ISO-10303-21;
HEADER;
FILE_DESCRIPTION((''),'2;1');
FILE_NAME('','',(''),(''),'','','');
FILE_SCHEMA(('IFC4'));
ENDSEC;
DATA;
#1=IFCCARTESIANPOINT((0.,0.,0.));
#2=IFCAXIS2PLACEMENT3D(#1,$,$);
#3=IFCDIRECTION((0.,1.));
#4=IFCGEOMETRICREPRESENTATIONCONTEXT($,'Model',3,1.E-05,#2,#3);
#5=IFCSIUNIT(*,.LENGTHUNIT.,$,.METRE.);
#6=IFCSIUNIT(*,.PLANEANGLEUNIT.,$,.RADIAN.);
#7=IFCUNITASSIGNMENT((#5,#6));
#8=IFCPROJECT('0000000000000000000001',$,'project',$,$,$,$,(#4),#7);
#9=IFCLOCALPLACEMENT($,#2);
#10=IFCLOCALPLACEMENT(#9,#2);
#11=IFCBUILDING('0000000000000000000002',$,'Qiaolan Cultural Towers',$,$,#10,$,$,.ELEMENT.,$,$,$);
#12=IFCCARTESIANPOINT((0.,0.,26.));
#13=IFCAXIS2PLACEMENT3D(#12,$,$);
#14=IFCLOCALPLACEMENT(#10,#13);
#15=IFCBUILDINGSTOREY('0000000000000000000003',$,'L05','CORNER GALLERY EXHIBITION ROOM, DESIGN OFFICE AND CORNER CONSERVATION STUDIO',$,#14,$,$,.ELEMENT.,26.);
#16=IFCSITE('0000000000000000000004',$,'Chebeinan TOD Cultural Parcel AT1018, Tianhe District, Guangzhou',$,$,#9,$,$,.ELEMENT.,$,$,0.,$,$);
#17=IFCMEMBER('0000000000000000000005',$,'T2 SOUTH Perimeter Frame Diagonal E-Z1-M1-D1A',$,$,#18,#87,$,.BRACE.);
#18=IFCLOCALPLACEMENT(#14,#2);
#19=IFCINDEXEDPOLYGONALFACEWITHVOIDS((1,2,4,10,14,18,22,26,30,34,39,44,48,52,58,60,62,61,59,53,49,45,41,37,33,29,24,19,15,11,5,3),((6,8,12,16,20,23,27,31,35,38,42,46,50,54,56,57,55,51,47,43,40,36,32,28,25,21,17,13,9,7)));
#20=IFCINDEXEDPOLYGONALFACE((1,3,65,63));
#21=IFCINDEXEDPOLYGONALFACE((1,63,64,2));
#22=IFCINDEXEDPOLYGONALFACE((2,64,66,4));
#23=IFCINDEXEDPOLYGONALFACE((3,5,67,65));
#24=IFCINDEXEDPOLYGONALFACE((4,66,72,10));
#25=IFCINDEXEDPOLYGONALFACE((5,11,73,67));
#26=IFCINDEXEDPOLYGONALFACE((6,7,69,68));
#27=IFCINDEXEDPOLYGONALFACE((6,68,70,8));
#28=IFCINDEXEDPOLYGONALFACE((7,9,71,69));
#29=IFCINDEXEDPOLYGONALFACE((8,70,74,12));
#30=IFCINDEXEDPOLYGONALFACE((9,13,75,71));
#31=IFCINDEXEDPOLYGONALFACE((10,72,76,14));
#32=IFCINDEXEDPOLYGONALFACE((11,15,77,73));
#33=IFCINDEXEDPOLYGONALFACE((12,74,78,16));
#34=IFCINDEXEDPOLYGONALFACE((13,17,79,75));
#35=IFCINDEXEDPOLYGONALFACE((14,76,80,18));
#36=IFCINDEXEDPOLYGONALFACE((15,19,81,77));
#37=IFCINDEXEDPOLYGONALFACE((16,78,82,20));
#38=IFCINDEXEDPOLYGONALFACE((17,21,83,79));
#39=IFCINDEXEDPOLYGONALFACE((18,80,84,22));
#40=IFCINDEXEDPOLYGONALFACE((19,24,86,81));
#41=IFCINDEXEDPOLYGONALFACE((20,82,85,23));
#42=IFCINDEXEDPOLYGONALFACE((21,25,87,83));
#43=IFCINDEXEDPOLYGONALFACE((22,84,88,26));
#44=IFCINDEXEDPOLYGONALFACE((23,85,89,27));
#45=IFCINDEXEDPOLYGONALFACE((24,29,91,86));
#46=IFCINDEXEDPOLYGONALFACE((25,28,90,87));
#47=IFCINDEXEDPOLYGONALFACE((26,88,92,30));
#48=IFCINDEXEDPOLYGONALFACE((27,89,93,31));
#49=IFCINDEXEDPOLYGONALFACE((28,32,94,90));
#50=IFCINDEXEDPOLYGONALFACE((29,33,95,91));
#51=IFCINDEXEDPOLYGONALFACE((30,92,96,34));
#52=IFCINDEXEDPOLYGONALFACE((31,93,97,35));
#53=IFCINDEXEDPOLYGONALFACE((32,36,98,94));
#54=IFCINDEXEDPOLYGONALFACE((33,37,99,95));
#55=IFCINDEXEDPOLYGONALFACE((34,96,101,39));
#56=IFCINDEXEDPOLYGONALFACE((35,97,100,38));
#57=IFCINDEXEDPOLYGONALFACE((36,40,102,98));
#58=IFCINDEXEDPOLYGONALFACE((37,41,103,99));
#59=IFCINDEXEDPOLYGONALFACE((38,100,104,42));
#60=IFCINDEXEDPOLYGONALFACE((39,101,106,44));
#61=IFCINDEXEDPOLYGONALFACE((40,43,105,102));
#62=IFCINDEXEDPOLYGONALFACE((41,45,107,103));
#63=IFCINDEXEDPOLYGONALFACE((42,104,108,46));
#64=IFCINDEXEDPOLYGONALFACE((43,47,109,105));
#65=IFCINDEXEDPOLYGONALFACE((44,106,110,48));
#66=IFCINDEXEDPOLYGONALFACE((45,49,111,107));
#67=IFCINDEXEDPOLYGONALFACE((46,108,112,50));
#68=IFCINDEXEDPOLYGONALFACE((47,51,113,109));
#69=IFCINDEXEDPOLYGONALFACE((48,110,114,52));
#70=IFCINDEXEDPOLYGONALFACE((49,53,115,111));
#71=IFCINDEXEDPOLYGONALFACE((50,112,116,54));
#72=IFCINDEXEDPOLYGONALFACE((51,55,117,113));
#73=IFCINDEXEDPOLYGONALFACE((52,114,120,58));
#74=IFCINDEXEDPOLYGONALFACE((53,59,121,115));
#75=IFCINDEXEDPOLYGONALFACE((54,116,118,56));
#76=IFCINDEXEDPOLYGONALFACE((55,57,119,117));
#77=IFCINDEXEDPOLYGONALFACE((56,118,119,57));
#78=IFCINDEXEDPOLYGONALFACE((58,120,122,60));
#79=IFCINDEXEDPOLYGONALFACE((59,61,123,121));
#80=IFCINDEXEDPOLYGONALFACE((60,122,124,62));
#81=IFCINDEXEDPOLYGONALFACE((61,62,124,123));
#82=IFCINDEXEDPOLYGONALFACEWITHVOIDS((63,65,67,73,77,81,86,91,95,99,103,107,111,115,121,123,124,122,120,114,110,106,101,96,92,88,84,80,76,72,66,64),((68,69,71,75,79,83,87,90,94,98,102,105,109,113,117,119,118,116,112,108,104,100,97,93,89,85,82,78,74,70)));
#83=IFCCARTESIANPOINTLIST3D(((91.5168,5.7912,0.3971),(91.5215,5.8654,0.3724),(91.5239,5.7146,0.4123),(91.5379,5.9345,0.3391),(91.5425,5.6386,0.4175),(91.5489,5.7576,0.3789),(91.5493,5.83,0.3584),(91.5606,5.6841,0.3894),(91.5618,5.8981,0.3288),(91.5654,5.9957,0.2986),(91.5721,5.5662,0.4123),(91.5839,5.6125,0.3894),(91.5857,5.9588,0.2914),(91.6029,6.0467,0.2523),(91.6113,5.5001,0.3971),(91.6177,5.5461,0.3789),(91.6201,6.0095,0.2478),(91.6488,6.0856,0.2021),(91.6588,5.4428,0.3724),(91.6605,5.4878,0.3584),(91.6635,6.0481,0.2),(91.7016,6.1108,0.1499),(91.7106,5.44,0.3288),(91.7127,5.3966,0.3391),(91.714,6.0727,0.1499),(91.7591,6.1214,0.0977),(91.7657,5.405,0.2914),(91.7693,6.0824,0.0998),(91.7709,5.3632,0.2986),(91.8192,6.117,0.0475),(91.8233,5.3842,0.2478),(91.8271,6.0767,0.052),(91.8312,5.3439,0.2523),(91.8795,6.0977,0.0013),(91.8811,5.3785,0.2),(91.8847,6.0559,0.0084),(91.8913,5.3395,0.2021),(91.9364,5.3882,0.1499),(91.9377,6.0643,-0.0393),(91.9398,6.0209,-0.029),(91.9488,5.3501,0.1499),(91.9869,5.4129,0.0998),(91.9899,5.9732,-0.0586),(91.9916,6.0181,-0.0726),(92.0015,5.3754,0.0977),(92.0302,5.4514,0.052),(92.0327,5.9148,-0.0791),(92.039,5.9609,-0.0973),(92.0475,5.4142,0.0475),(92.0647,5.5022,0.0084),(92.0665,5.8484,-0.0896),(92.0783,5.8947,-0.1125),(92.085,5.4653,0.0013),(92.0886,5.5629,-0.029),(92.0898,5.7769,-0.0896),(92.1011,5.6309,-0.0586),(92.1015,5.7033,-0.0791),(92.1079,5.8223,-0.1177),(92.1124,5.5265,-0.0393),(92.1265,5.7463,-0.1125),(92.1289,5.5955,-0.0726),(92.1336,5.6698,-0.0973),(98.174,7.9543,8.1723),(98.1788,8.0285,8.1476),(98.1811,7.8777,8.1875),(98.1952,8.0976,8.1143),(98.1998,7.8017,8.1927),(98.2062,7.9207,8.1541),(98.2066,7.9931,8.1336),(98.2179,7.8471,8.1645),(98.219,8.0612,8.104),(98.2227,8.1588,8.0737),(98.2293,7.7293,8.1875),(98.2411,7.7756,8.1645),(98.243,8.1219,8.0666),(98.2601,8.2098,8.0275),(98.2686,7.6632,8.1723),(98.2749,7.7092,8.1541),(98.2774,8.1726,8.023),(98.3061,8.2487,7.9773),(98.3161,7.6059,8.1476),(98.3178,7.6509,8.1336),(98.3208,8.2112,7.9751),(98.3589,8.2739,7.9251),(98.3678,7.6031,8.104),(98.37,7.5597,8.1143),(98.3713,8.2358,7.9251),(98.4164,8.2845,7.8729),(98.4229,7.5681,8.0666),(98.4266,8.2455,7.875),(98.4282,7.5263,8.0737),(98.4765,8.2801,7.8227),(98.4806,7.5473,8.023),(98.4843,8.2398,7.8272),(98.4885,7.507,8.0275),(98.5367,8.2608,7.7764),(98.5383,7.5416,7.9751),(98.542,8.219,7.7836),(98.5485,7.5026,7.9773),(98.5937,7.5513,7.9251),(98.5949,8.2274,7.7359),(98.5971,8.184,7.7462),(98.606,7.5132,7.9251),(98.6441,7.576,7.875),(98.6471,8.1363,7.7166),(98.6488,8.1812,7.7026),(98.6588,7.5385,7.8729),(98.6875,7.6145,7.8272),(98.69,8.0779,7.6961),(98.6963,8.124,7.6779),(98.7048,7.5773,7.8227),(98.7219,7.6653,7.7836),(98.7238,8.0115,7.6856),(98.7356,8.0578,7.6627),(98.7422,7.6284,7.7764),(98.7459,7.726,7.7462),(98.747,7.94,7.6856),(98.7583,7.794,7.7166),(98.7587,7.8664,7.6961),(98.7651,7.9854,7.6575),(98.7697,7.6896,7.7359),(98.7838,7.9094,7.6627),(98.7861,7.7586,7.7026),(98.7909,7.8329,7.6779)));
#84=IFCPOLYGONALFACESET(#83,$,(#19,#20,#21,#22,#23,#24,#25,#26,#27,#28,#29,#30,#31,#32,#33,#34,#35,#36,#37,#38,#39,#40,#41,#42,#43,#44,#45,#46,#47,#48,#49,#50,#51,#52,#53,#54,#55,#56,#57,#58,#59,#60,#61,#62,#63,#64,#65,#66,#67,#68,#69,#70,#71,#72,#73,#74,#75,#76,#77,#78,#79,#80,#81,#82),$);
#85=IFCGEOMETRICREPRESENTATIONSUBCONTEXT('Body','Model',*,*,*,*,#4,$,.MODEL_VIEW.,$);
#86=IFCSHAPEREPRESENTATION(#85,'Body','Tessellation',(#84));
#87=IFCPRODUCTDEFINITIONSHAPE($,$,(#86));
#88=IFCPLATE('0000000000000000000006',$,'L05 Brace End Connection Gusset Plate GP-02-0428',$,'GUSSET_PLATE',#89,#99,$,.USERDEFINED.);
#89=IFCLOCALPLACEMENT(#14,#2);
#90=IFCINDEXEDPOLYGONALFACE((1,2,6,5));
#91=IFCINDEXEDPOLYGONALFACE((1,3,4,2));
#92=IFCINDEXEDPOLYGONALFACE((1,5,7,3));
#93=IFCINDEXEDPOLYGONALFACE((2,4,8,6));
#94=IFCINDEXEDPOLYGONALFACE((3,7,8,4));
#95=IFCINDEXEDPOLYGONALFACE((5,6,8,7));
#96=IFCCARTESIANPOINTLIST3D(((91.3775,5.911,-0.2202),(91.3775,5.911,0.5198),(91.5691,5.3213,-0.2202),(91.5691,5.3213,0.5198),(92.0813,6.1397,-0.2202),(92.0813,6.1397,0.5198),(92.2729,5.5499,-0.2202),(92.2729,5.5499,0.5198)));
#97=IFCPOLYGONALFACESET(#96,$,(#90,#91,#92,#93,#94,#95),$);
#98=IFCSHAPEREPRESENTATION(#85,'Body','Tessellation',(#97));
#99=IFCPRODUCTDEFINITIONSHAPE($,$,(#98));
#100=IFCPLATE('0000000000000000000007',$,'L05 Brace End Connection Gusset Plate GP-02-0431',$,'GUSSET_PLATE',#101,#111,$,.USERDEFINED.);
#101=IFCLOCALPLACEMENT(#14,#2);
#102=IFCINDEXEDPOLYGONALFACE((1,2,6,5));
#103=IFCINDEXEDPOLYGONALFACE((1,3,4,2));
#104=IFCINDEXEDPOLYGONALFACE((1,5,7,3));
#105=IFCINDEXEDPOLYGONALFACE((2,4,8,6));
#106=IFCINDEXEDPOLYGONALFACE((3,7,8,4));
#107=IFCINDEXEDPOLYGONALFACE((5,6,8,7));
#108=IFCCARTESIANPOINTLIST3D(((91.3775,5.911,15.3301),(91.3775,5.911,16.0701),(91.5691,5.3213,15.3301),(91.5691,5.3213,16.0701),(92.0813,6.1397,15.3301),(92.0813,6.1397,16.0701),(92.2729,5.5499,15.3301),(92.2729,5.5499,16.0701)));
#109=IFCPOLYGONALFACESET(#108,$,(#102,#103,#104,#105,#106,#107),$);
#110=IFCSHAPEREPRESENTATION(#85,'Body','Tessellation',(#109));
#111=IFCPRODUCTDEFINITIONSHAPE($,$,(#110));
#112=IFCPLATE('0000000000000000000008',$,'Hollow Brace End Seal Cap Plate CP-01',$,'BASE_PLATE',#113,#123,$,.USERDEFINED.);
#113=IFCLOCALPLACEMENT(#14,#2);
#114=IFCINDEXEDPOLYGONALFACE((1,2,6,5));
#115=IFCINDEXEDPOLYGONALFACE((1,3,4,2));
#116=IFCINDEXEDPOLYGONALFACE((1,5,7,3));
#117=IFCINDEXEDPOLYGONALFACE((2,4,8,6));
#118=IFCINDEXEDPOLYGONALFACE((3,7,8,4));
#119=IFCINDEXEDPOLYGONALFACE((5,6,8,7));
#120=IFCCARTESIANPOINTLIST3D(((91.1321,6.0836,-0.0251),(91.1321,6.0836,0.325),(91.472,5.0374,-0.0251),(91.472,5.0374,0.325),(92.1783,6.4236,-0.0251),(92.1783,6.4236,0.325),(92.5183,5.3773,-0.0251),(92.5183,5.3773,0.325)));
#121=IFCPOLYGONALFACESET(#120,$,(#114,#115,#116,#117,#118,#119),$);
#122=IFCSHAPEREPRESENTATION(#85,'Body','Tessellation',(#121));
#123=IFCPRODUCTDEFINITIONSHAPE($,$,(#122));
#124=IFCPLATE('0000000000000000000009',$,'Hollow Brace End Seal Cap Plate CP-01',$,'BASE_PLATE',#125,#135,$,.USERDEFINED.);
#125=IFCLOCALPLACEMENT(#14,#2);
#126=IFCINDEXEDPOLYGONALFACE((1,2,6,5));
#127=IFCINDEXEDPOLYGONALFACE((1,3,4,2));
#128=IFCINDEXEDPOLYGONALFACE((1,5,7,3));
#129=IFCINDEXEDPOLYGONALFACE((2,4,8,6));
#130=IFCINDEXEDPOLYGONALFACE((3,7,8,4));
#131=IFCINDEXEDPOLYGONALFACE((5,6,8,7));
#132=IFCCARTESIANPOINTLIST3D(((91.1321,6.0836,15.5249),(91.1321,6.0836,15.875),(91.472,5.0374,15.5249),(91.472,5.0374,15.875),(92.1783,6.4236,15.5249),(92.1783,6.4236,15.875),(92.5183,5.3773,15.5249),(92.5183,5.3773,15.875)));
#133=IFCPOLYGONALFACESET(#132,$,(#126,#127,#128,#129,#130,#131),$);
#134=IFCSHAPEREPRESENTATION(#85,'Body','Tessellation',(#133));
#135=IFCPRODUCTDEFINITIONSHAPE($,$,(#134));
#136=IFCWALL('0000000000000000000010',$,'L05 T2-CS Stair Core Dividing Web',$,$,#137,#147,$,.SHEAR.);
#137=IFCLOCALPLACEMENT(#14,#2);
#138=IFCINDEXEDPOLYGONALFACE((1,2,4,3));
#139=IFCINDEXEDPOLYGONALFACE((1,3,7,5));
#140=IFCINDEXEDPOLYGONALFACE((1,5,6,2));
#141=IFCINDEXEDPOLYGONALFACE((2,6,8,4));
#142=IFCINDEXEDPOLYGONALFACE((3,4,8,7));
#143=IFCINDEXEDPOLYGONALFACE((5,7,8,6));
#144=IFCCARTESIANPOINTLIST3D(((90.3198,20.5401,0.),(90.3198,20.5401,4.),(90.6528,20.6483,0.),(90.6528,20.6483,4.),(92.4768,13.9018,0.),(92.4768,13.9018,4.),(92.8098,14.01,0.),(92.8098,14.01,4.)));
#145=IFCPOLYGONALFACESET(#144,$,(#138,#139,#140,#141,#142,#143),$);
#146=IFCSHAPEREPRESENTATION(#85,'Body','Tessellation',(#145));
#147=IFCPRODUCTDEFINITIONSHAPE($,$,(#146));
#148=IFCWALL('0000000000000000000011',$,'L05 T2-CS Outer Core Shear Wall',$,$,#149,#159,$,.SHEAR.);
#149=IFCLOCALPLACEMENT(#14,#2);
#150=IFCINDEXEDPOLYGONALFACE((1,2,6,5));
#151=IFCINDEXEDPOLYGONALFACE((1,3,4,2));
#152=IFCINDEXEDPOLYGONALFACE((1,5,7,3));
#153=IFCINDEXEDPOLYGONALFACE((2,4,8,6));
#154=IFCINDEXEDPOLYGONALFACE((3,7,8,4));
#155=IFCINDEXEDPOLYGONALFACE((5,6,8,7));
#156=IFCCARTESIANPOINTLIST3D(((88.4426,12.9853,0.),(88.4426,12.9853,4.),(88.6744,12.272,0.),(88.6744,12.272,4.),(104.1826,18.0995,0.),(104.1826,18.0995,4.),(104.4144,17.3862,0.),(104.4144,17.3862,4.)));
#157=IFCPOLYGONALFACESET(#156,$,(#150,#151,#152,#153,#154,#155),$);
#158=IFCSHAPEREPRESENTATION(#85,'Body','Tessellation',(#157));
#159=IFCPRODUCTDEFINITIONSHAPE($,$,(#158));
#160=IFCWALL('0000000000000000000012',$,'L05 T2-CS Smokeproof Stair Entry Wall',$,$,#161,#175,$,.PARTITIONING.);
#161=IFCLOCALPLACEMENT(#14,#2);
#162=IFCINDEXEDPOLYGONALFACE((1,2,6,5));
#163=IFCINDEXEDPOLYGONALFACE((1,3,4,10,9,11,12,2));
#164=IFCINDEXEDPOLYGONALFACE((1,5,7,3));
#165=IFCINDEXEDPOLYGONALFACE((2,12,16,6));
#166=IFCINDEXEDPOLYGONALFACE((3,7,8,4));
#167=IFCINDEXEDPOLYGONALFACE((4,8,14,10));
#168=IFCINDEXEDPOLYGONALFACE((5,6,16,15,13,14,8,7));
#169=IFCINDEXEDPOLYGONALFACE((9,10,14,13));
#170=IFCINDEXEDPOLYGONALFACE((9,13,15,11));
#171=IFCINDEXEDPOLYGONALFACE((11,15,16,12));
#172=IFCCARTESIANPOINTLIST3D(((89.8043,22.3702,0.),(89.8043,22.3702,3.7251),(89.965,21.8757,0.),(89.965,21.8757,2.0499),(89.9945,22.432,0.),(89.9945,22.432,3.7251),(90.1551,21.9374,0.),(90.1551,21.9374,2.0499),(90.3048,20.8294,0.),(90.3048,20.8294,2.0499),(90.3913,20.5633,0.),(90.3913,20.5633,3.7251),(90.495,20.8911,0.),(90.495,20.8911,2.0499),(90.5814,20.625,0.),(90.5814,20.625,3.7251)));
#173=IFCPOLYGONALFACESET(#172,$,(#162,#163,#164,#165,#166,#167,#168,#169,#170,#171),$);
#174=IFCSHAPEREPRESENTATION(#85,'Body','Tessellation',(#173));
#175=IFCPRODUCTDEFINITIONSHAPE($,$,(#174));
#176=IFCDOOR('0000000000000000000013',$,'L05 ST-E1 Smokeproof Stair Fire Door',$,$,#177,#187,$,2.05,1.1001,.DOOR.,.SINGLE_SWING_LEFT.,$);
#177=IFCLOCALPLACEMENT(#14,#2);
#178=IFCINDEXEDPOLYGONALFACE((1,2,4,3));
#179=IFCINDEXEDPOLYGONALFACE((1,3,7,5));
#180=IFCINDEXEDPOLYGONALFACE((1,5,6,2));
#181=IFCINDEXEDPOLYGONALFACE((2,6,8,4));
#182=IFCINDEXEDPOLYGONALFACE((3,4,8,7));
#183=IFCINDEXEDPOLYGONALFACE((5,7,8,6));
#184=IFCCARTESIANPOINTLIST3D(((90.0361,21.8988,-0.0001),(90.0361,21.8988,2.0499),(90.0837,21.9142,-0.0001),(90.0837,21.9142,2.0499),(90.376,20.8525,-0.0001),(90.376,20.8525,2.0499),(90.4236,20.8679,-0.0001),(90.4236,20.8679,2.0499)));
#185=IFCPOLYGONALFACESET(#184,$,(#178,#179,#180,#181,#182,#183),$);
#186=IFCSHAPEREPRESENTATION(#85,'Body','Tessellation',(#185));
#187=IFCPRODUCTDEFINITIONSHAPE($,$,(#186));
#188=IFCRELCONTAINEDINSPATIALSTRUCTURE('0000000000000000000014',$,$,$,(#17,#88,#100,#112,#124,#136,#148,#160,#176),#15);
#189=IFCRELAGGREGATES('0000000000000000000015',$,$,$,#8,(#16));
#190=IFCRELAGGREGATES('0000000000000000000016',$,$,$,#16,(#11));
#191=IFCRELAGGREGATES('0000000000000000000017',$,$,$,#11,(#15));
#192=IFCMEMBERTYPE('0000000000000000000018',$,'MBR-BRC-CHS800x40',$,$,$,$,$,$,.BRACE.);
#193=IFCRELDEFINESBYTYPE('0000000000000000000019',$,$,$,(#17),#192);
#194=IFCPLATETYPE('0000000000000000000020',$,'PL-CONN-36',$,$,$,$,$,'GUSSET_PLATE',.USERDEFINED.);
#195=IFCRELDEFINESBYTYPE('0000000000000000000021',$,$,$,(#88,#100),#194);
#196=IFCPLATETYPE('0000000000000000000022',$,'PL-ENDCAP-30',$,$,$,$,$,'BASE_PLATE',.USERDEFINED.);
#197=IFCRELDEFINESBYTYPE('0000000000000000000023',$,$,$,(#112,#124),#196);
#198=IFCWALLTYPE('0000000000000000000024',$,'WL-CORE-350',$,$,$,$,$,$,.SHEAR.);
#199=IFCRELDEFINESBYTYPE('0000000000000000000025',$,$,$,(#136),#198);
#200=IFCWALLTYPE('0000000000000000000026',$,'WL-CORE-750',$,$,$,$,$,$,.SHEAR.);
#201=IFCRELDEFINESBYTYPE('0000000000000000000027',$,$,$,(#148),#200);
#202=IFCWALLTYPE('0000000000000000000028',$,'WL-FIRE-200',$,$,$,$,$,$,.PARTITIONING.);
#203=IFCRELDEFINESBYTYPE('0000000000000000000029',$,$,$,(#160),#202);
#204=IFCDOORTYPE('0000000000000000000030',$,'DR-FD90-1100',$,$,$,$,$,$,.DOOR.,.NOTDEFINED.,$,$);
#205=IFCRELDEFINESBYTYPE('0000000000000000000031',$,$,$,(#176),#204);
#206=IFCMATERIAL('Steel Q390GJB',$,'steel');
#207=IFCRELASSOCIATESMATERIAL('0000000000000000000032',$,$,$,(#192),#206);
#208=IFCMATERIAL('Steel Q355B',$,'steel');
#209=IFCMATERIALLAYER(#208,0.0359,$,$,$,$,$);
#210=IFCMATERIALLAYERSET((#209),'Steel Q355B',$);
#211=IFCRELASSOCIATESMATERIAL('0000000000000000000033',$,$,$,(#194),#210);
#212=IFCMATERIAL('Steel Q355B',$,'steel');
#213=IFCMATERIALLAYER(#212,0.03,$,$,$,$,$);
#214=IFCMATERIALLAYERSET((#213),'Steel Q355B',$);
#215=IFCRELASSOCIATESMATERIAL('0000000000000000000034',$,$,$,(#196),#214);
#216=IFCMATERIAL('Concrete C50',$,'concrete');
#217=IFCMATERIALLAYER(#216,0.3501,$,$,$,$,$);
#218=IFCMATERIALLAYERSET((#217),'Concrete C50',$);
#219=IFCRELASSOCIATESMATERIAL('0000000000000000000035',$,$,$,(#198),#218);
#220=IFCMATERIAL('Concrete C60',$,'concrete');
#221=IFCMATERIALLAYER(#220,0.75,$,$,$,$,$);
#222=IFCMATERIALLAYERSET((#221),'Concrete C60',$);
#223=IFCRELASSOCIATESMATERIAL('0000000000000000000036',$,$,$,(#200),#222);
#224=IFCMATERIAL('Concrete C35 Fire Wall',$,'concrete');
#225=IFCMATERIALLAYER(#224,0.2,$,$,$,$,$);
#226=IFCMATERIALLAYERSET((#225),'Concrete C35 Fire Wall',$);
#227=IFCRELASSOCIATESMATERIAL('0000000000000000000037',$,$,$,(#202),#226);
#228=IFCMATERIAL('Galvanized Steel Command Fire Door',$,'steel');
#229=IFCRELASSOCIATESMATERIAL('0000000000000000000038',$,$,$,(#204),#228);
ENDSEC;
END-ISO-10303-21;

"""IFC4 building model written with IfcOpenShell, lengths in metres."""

from ifc_helpers import new_model, si_unit, direction, frame, frame_2d, origin, origin_2d, place, context, subcontext, project, spatial, rectangle, hollow_circle, extrude, material, layer, layer_set, material_profile, profile_set, type_object, element, fill, save


model = new_model("IFC4")

# Units and contexts
model_context = context("Model", 3, precision=1e-05, world=origin(), true_north=direction((0.0, 1.0)))
body_context = subcontext(model_context, "Body", "Model", "MODEL_VIEW")
ifc_project = project(units=[si_unit("LENGTHUNIT", "METRE"), si_unit("PLANEANGLEUNIT", "RADIAN")], contexts=[model_context])

# Site, building, storey
site_placement = place(None, origin())
site = spatial("IfcSite", under=ifc_project, at=site_placement, Name="Chebeinan TOD Cultural Parcel AT1018, Tianhe District, Guangzhou", CompositionType="ELEMENT", RefElevation=0.0)
building_placement = place(site_placement, origin())
building = spatial("IfcBuilding", under=site, at=building_placement, Name="Qiaolan Cultural Towers", CompositionType="ELEMENT")
storey_placement = place(building_placement, frame((0.0, 0.0, 26.0)))
storey = spatial("IfcBuildingStorey", under=building, at=storey_placement, Name="L05", Description="CORNER GALLERY EXHIBITION ROOM, DESIGN OFFICE AND CORNER CONSERVATION STUDIO", CompositionType="ELEMENT", Elevation=26.0)

# Member
ifc_material_1 = material(Name="Steel Q390GJB", Category="steel")
ifc_material_profile_1 = material_profile(ifc_material_1, hollow_circle(Radius=0.3999, WallThickness=0.04, at=origin_2d()), Name="CHS800x40")
ifc_profile_set_1 = profile_set([ifc_material_profile_1], Name="Steel Q390GJB")
member_type = type_object("IfcMemberType", Name="MBR-BRC-CHS800x40", PredefinedType="BRACE", material=ifc_profile_set_1)
member_placement = place(storey_placement, frame((91.8252, 5.7305, 0.1499), z_axis=(0.636333, 0.206759, 0.74319), x_axis=(-0.30902, 0.951056, 0.0)))
element("IfcMember", 1, at=member_placement, inside=storey, type_object=member_type, Name="T2 SOUTH Perimeter Frame Diagonal E-Z1-M1-D1A", PredefinedType="BRACE", context=body_context, shape_type="SweptSolid", body=[
    extrude(hollow_circle(Radius=0.3999, WallThickness=0.04, at=origin_2d()), origin(), (0.0, 0.0, 1.0), 10.4619),
])

# Plates
ifc_material_2 = material(Name="Steel Q355B", Category="steel")
ifc_layer_1 = layer(ifc_material_2, 0.0359)
ifc_layer_set_1 = layer_set([ifc_layer_1], Name="Steel Q355B")
plate_type_1 = type_object("IfcPlateType", Name="PL-CONN-36", ElementType="GUSSET_PLATE", PredefinedType="USERDEFINED", material=ifc_layer_set_1)
for number, where, z_axis, x_axis, name in (
    (2, (91.8252, 5.7305, -0.2202), (0.0, 0.0, 1.0), (0.951057, 0.309017, 0.0), "L05 Brace End Connection Gusset Plate GP-02-0428"),
    (3, (91.8252, 5.7305, 15.3301), (0.0, 0.0, 1.0), (0.951057, 0.309017, 0.0), "L05 Brace End Connection Gusset Plate GP-02-0431"),
):
    element("IfcPlate", number, at=place(storey_placement, frame(where, z_axis=z_axis, x_axis=x_axis)), inside=storey, type_object=plate_type_1, Name=name, ObjectType="GUSSET_PLATE", PredefinedType="USERDEFINED", context=body_context, shape_type="SweptSolid", body=[
        extrude(rectangle(XDim=0.74, YDim=0.6201, at=origin_2d()), origin(), (0.0, 0.0, 1.0), 0.74),
    ])
ifc_material_3 = material(Name="Steel Q355B", Category="steel")
ifc_layer_2 = layer(ifc_material_3, 0.03)
ifc_layer_set_2 = layer_set([ifc_layer_2], Name="Steel Q355B")
plate_type_2 = type_object("IfcPlateType", Name="PL-ENDCAP-30", ElementType="BASE_PLATE", PredefinedType="USERDEFINED", material=ifc_layer_set_2)
for number, where, z_axis, x_axis, name in (
    (4, (91.8252, 5.7305, -0.0251), (0.0, 0.0, 1.0), (0.951057, 0.309017, 0.0), "Hollow Brace End Seal Cap Plate CP-01"),
    (5, (91.8252, 5.7305, 15.5249), (0.0, 0.0, 1.0), (0.951057, 0.309017, 0.0), "Hollow Brace End Seal Cap Plate CP-01"),
):
    element("IfcPlate", number, at=place(storey_placement, frame(where, z_axis=z_axis, x_axis=x_axis)), inside=storey, type_object=plate_type_2, Name=name, ObjectType="BASE_PLATE", PredefinedType="USERDEFINED", context=body_context, shape_type="SweptSolid", body=[
        extrude(rectangle(XDim=1.1001, YDim=1.1001, at=origin_2d()), origin(), (0.0, 0.0, 1.0), 0.3501),
    ])

# Walls
ifc_material_4 = material(Name="Concrete C50", Category="concrete")
ifc_layer_3 = layer(ifc_material_4, 0.3501)
ifc_layer_set_3 = layer_set([ifc_layer_3], Name="Concrete C50")
wall_type_1 = type_object("IfcWallType", Name="WL-CORE-350", PredefinedType="SHEAR", material=ifc_layer_set_3)
wall_1_placement = place(storey_placement, frame((90.4863, 20.5942, 0.0), z_axis=(0.0, 0.0, 1.0), x_axis=(0.30902, -0.951055, 0.0)))
element("IfcWall", 6, at=wall_1_placement, inside=storey, type_object=wall_type_1, Name="L05 T2-CS Stair Core Dividing Web", PredefinedType="SHEAR", context=body_context, shape_type="SweptSolid", body=[
    extrude(rectangle(XDim=6.98, YDim=0.3501, at=frame_2d((3.49, 0.0))), origin(), (0.0, 0.0, 1.0), 4.0),
])
ifc_material_5 = material(Name="Concrete C60", Category="concrete")
ifc_layer_4 = layer(ifc_material_5, 0.75)
ifc_layer_set_4 = layer_set([ifc_layer_4], Name="Concrete C60")
wall_type_2 = type_object("IfcWallType", Name="WL-CORE-750", PredefinedType="SHEAR", material=ifc_layer_set_4)
wall_2_placement = place(storey_placement, frame((88.5586, 12.6287, 0.0), z_axis=(0.0, 0.0, 1.0), x_axis=(0.951056, 0.309018, 0.0)))
element("IfcWall", 7, at=wall_2_placement, inside=storey, type_object=wall_type_2, Name="L05 T2-CS Outer Core Shear Wall", PredefinedType="SHEAR", context=body_context, shape_type="SweptSolid", body=[
    extrude(rectangle(XDim=16.55, YDim=0.75, at=frame_2d((8.2749, 0.0))), origin(), (0.0, 0.0, 1.0), 4.0),
])

# Wall, opening, door
ifc_material_6 = material(Name="Concrete C35 Fire Wall", Category="concrete")
ifc_layer_5 = layer(ifc_material_6, 0.2)
ifc_layer_set_5 = layer_set([ifc_layer_5], Name="Concrete C35 Fire Wall")
wall_type_3 = type_object("IfcWallType", Name="WL-FIRE-200", PredefinedType="PARTITIONING", material=ifc_layer_set_5)
wall_3_placement = place(storey_placement, frame((89.8994, 22.4011, 0.0), z_axis=(0.0, 0.0, 1.0), x_axis=(0.308932, -0.951084, 0.0)))
wall_3 = element("IfcWall", 8, at=wall_3_placement, inside=storey, type_object=wall_type_3, Name="L05 T2-CS Smokeproof Stair Entry Wall", PredefinedType="PARTITIONING", context=body_context, shape_type="SweptSolid", body=[
    extrude(rectangle(XDim=1.8999, YDim=0.2, at=frame_2d((0.95, 0.0))), origin(), (0.0, 0.0, 1.0), 3.7251),
])
opening_1_placement = place(wall_3_placement, frame((0.52, 0.0, 0.0)))
opening_1 = element("IfcOpeningElement", 9, at=opening_1_placement, cuts=wall_3, PredefinedType="OPENING", context=body_context, shape_type="SweptSolid", body=[
    extrude(rectangle(XDim=1.1001, YDim=2.05, at=frame_2d((0.55, 1.0249))), frame((0.0, 0.1099, 0.0), z_axis=(0.0, -1.0, 0.0), x_axis=(1.0, 0.0, 0.0)), (0.0, 0.0, 1.0), 0.22),
])
ifc_material_7 = material(Name="Galvanized Steel Command Fire Door", Category="steel")
door_type_1 = type_object("IfcDoorType", Name="DR-FD90-1100", OperationType="NOTDEFINED", PredefinedType="DOOR", material=ifc_material_7)
door_1_placement = place(opening_1_placement, origin())
door_1 = element("IfcDoor", 10, at=door_1_placement, inside=storey, type_object=door_type_1, Name="L05 ST-E1 Smokeproof Stair Fire Door", OperationType="SINGLE_SWING_LEFT", OverallHeight=2.05, OverallWidth=1.1001, PredefinedType="DOOR", context=body_context, shape_type="SweptSolid", body=[
    extrude(rectangle(XDim=1.1001, YDim=2.05, at=frame_2d((0.55, 1.0249))), frame((0.0, 0.0249, 0.0), z_axis=(0.0, -1.0, 0.0), x_axis=(1.0, 0.0, 0.0)), (0.0, 0.0, 1.0), 0.05),
])
fill(opening_1, door_1)

save(model, "model.ifc")
